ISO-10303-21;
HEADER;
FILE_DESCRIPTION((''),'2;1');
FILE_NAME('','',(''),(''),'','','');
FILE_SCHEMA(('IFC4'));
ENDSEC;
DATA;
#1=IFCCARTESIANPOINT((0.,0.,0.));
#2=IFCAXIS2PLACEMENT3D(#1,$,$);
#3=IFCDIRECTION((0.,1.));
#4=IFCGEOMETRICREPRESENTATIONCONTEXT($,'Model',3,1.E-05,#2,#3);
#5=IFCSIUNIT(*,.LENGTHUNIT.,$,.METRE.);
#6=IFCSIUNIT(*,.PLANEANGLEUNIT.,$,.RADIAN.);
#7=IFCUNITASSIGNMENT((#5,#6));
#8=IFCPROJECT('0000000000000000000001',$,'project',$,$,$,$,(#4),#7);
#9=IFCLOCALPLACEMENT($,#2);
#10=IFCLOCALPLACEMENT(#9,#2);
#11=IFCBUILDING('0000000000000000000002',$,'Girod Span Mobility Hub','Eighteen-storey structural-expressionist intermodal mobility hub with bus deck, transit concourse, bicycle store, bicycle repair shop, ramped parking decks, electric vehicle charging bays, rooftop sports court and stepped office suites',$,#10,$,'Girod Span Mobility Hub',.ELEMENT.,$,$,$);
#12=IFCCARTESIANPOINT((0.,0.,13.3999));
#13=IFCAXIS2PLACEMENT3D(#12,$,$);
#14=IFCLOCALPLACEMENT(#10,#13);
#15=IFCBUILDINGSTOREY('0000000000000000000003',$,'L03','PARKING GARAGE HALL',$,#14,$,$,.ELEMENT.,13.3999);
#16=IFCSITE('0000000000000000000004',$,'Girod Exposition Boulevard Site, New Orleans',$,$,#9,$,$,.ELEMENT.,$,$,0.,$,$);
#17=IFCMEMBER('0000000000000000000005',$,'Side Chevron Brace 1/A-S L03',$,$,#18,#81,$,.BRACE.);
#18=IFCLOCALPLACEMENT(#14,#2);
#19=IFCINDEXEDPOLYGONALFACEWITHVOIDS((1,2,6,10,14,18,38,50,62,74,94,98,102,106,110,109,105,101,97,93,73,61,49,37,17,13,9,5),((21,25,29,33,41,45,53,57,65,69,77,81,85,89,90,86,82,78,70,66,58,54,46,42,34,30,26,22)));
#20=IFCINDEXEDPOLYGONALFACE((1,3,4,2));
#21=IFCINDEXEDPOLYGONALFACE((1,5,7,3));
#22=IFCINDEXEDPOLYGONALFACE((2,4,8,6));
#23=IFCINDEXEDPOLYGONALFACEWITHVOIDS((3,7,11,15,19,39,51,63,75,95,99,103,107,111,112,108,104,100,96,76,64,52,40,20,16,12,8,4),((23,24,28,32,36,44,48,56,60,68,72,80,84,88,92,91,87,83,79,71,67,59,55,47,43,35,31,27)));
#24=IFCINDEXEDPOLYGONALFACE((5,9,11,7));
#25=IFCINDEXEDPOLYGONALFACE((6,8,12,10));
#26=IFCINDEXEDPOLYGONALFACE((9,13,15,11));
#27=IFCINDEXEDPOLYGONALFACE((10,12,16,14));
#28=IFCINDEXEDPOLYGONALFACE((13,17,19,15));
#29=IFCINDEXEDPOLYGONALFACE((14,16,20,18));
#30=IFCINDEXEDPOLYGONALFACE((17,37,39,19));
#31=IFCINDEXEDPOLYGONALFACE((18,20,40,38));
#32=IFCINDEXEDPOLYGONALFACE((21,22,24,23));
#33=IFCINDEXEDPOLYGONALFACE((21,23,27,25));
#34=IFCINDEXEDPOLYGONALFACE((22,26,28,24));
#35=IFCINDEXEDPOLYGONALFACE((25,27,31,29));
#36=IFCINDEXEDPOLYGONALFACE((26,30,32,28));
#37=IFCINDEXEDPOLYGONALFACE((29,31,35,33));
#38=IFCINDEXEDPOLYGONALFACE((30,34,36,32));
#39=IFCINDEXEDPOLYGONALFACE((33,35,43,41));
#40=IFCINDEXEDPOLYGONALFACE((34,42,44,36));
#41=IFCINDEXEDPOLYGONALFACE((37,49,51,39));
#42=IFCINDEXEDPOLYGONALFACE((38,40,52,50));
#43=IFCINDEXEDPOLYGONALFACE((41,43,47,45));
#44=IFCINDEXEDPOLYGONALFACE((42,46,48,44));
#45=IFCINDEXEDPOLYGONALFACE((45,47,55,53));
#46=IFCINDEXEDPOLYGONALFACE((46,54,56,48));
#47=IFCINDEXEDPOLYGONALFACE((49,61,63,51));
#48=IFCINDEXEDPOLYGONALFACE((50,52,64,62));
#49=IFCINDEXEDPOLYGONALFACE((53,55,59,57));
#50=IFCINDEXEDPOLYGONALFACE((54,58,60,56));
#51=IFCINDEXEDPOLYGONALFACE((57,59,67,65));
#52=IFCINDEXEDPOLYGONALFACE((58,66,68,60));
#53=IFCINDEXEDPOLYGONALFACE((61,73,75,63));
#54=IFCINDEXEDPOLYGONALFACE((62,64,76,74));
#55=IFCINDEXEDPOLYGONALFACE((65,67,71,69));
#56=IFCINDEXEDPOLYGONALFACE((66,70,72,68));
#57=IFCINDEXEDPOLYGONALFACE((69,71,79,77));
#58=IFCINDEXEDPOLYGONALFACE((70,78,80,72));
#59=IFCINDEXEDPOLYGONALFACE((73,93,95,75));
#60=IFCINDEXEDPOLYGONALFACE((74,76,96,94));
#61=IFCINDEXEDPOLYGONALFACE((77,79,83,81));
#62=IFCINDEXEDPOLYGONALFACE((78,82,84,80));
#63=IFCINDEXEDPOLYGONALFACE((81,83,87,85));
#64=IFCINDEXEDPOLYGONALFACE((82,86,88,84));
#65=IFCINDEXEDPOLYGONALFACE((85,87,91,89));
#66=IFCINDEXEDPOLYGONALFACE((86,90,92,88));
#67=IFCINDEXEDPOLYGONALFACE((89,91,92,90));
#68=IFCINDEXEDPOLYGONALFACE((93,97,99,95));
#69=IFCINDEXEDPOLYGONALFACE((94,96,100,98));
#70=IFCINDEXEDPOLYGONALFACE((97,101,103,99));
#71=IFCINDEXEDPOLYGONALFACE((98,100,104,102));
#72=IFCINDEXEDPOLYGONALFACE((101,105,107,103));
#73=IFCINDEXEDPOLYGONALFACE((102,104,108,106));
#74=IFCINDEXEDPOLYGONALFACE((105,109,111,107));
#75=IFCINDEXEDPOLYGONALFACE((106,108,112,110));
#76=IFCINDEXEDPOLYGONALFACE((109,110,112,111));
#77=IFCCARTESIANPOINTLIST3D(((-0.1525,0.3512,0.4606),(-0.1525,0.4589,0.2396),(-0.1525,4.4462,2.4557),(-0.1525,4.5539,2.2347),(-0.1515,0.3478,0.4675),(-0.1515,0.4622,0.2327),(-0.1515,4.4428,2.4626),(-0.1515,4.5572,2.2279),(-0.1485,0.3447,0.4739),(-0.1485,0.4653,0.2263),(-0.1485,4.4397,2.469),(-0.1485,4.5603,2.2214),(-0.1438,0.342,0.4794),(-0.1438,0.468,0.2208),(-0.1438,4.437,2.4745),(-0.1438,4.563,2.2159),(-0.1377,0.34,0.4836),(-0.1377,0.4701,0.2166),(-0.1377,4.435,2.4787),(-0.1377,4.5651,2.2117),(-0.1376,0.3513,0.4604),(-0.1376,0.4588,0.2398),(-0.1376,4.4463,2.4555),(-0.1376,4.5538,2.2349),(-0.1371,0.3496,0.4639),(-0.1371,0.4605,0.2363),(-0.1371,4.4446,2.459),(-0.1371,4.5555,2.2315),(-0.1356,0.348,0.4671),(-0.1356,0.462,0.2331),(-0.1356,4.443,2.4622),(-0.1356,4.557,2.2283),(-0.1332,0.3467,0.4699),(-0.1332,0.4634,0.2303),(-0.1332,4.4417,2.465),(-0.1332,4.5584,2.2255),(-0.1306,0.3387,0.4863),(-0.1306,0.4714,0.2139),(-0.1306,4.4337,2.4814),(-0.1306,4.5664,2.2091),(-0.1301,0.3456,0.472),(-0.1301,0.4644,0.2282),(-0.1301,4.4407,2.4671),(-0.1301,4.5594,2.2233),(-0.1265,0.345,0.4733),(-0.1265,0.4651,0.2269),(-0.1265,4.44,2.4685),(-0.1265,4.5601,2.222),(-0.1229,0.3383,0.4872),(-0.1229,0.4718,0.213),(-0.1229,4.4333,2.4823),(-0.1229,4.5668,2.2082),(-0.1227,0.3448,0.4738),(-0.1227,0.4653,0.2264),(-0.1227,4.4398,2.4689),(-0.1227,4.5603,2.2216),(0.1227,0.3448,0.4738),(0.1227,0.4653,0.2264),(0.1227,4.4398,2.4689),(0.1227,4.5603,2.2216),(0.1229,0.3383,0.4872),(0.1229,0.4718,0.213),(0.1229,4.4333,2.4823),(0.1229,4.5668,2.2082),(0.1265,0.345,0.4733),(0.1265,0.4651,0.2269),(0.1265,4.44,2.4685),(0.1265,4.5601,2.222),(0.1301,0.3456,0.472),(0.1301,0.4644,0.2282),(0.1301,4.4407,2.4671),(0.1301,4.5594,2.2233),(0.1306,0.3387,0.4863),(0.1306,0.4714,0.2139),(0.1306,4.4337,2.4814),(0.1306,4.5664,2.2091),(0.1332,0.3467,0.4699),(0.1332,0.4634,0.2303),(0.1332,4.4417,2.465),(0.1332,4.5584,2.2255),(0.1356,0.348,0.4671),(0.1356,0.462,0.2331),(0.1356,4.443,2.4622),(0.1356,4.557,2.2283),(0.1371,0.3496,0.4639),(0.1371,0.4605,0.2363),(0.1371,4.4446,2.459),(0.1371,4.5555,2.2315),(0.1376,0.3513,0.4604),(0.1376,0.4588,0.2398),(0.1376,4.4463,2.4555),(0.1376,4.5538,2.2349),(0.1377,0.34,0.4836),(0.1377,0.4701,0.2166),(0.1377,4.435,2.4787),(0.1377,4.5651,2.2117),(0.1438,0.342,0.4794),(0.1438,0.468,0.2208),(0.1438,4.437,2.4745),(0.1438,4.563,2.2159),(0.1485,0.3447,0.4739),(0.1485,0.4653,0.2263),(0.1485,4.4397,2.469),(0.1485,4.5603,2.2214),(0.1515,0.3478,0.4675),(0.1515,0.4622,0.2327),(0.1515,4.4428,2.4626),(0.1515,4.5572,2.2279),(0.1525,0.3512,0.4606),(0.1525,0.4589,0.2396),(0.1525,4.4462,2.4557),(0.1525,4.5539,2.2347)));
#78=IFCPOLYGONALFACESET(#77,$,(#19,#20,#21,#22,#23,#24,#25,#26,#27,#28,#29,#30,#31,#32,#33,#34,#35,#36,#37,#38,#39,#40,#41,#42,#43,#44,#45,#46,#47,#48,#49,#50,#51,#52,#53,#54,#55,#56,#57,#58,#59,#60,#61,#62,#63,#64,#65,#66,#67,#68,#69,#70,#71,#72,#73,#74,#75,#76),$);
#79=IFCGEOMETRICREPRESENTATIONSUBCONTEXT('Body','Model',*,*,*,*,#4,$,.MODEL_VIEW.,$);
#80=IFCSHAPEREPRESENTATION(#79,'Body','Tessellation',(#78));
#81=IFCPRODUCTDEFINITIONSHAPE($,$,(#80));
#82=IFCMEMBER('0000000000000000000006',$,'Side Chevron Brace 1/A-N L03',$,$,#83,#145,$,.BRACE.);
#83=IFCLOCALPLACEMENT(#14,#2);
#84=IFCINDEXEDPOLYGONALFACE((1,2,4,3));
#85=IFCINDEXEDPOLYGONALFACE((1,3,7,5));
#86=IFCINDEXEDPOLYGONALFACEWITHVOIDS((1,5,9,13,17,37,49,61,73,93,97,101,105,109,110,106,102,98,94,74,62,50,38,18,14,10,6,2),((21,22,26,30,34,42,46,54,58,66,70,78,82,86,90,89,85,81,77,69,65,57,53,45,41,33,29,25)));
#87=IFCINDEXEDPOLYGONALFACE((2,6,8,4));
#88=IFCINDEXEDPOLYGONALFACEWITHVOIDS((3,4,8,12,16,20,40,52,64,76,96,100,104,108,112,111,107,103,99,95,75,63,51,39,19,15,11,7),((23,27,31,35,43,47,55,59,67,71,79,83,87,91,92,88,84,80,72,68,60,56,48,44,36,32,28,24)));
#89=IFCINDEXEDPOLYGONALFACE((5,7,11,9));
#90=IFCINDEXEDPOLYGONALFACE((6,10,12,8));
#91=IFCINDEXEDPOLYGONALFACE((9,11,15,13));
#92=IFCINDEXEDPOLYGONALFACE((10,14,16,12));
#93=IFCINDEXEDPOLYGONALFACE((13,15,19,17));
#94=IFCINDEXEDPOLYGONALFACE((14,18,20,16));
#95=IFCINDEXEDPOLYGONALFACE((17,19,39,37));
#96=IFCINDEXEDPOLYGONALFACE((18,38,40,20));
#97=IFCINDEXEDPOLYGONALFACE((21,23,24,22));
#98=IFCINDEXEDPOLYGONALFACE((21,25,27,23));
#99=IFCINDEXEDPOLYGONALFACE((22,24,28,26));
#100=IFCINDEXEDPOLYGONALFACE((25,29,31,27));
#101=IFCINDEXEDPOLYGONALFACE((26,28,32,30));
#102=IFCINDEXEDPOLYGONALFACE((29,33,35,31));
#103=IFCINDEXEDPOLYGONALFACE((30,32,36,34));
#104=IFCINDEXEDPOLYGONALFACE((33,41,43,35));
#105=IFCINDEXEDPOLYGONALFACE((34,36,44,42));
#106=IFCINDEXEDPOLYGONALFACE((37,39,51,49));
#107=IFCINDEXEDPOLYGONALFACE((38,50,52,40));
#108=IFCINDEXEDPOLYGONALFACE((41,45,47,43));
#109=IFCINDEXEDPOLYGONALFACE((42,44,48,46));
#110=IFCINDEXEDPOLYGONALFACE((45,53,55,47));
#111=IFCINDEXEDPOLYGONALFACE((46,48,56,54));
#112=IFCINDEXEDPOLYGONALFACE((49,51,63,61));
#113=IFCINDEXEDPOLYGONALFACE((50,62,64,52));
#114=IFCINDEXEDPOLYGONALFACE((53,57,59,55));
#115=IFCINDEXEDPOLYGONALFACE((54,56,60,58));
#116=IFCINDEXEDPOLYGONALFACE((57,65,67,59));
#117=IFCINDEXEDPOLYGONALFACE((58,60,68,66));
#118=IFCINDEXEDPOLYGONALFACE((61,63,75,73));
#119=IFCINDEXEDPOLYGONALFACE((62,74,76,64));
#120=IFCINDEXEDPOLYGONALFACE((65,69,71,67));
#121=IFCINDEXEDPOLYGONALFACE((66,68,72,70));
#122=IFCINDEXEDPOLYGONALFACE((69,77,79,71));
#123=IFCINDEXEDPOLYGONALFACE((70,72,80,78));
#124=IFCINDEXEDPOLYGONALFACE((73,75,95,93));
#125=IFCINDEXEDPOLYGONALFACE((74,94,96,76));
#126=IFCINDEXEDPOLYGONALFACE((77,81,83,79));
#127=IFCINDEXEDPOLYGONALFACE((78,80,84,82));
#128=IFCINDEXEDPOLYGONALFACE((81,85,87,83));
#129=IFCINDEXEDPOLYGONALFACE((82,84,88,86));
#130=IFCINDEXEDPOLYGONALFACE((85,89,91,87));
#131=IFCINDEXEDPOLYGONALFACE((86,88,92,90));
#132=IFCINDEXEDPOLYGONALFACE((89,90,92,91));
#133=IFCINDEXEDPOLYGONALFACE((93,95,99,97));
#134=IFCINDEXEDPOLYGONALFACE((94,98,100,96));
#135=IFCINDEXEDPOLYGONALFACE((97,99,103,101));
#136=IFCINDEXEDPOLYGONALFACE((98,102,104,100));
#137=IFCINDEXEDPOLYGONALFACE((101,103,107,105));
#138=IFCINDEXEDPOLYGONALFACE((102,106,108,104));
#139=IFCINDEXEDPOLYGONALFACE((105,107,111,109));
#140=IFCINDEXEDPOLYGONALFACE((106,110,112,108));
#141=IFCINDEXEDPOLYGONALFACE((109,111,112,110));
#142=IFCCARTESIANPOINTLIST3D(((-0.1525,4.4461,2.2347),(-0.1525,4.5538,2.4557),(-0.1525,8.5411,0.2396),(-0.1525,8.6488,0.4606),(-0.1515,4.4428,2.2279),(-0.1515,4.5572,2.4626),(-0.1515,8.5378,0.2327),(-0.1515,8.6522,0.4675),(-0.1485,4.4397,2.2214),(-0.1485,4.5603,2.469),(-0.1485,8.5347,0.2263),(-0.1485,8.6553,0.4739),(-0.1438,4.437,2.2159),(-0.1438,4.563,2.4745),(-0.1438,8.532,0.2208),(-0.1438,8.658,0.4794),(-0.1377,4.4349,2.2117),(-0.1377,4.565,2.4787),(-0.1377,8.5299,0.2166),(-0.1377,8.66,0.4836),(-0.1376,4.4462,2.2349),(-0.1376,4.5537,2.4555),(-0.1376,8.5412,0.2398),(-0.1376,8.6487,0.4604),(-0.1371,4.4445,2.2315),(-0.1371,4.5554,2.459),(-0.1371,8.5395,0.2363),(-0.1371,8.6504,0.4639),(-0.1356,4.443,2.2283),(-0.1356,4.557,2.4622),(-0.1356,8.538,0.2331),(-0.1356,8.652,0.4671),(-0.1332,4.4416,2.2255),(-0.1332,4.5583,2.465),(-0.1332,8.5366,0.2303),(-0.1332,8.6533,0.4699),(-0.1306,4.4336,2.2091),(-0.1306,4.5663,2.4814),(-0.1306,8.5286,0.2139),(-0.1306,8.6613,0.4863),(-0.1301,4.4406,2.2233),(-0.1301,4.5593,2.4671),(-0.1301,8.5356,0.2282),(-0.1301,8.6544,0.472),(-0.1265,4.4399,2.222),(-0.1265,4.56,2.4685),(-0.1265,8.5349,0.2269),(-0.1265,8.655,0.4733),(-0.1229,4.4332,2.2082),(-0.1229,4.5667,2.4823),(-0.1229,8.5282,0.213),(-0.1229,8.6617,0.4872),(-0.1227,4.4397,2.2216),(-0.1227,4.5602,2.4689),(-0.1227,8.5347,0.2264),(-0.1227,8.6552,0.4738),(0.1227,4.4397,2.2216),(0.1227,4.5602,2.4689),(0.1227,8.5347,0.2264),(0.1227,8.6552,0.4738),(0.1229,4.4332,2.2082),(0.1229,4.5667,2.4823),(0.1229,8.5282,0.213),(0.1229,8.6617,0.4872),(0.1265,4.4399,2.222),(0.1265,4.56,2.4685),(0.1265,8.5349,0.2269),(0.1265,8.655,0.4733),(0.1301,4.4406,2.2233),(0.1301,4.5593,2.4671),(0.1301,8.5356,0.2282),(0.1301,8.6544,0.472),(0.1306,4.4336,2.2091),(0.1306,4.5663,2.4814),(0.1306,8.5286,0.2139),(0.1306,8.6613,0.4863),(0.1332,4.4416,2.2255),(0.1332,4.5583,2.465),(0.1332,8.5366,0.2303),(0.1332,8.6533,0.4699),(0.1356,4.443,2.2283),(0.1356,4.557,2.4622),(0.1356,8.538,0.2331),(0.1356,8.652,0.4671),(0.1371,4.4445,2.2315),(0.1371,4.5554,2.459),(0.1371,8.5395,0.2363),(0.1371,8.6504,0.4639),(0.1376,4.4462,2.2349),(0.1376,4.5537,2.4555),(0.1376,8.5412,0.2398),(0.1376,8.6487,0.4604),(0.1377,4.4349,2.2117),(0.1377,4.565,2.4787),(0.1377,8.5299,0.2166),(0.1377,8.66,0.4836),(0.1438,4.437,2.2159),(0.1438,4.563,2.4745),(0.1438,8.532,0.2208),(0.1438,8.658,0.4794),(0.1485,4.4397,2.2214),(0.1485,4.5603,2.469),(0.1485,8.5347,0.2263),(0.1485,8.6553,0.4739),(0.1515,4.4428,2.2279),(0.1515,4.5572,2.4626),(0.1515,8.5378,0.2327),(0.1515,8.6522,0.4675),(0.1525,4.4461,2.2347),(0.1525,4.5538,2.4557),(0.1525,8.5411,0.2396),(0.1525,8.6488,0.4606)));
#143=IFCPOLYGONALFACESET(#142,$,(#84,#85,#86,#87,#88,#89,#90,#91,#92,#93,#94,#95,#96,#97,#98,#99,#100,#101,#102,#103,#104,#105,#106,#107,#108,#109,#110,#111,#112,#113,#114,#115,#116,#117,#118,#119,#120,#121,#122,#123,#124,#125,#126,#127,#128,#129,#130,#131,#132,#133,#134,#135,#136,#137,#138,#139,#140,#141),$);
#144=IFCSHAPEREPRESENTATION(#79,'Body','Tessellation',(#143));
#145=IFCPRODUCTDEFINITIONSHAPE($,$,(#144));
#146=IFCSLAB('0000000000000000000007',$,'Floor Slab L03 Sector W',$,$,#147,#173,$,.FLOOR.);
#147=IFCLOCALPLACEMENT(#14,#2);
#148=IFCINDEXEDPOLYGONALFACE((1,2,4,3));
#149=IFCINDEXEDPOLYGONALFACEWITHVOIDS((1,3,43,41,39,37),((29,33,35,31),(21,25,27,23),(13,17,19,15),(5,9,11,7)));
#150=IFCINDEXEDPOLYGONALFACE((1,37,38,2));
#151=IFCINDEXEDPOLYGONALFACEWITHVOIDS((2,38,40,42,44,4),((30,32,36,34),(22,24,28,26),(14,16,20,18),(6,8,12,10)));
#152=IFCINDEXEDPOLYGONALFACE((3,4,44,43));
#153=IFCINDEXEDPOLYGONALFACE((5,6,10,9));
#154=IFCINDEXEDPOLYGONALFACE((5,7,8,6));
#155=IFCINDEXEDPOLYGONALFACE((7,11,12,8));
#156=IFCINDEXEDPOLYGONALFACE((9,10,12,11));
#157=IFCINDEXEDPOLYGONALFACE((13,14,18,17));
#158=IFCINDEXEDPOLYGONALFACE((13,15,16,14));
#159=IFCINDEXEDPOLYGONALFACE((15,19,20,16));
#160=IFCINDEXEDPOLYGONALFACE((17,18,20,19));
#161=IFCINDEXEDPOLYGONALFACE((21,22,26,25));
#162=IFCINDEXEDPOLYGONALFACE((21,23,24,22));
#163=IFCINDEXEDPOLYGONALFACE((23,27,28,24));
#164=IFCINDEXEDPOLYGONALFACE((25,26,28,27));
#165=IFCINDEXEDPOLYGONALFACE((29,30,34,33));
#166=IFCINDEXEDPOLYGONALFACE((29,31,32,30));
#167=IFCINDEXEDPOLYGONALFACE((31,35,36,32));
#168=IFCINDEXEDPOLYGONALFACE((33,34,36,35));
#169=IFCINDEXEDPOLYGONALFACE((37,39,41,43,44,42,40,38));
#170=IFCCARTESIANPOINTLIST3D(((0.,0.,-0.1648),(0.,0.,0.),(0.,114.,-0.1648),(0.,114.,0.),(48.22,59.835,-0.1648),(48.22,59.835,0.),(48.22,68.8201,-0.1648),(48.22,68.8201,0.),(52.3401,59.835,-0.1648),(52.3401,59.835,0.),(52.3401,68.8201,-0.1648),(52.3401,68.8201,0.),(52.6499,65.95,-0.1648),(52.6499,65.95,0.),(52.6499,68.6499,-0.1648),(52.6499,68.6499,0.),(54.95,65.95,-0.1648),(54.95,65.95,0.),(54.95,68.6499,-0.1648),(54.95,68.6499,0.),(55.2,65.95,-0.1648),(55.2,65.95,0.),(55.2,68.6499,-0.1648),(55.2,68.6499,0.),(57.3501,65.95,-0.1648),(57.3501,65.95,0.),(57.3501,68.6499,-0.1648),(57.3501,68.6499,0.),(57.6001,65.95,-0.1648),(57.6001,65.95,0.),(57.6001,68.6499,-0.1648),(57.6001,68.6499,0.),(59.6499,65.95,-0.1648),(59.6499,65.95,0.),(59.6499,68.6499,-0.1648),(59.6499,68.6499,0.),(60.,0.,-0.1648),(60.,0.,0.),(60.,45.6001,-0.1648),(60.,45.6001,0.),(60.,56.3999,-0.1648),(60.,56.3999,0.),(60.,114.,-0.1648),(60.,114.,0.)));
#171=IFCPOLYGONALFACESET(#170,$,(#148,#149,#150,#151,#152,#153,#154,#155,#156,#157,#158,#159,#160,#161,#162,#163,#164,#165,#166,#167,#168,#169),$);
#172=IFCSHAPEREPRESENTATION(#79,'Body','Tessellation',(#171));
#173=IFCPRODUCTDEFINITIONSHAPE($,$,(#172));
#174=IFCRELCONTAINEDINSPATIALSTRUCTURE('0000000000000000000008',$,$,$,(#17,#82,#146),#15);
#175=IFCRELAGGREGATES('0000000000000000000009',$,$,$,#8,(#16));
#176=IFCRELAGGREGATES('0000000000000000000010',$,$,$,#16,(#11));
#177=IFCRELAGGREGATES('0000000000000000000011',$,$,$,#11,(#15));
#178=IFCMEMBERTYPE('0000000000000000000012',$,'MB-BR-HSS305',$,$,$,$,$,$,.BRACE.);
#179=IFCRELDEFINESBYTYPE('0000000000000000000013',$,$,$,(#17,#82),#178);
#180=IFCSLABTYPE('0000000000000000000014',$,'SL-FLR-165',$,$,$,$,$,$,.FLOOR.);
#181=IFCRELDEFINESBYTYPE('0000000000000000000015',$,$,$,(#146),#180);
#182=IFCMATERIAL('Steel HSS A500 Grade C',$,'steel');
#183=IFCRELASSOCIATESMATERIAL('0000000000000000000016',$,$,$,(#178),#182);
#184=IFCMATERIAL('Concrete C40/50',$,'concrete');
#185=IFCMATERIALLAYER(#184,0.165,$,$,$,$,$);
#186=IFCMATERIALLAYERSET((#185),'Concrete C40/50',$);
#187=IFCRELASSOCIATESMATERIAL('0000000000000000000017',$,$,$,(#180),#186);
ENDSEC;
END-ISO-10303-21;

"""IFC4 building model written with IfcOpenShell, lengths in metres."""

from ifc_helpers import new_model, si_unit, direction, frame, origin, origin_2d, place, context, subcontext, project, spatial, polyline, hollow_rectangle, outline, extrude, material, layer, layer_set, material_profile, profile_set, type_object, element, save


model = new_model("IFC4")

# Units and contexts
model_context = context("Model", 3, precision=1e-05, world=origin(), true_north=direction((0.0, 1.0)))
body_context = subcontext(model_context, "Body", "Model", "MODEL_VIEW")
ifc_project = project(units=[si_unit("LENGTHUNIT", "METRE"), si_unit("PLANEANGLEUNIT", "RADIAN")], contexts=[model_context])

# Site, building, storey
site_placement = place(None, origin())
site = spatial("IfcSite", under=ifc_project, at=site_placement, Name="Girod Exposition Boulevard Site, New Orleans", CompositionType="ELEMENT", RefElevation=0.0)
building_placement = place(site_placement, origin())
building = spatial("IfcBuilding", under=site, at=building_placement, Name="Girod Span Mobility Hub", Description="Eighteen-storey structural-expressionist intermodal mobility hub with bus deck, transit concourse, bicycle store, bicycle repair shop, ramped parking decks, electric vehicle charging bays, rooftop sports court and stepped office suites", LongName="Girod Span Mobility Hub", CompositionType="ELEMENT")
storey_placement = place(building_placement, frame((0.0, 0.0, 13.3999)))
storey = spatial("IfcBuildingStorey", under=building, at=storey_placement, Name="L03", Description="PARKING GARAGE HALL", CompositionType="ELEMENT", Elevation=13.3999)

# Members
ifc_material_1 = material(Name="Steel HSS A500 Grade C", Category="steel")
ifc_material_profile_1 = material_profile(ifc_material_1, hollow_rectangle(XDim=0.3049, YDim=0.3049, WallThickness=0.0149, InnerFilletRadius=0.0149, OuterFilletRadius=0.0295, at=origin_2d()), Name="HSS305X305X16")
ifc_profile_set_1 = profile_set([ifc_material_profile_1], Name="Steel HSS A500 Grade C")
member_type = type_object("IfcMemberType", Name="MB-BR-HSS305", PredefinedType="BRACE", material=ifc_profile_set_1)
for number, where, z_axis, x_axis, name in (
    (1, (0.0, 0.405, 0.3501), (0.0, 0.898979, 0.437993), (-1.0, 0.0, 0.0), "Side Chevron Brace 1/A-S L03"),
    (2, (0.0, 8.595, 0.3501), (0.0, -0.898979, 0.437993), (1.0, 0.0, 0.0), "Side Chevron Brace 1/A-N L03"),
):
    element("IfcMember", number, at=place(storey_placement, frame(where, z_axis=z_axis, x_axis=x_axis)), inside=storey, type_object=member_type, Name=name, PredefinedType="BRACE", context=body_context, shape_type="SweptSolid", body=[
        extrude(hollow_rectangle(XDim=0.3049, YDim=0.3049, WallThickness=0.0149, InnerFilletRadius=0.0149, OuterFilletRadius=0.0295, at=origin_2d()), origin(), (0.0, 0.0, 1.0), 4.5552),
    ])

# Slab
ifc_material_2 = material(Name="Concrete C40/50", Category="concrete")
ifc_layer_1 = layer(ifc_material_2, 0.165)
ifc_layer_set_1 = layer_set([ifc_layer_1], Name="Concrete C40/50")
slab_type_1 = type_object("IfcSlabType", Name="SL-FLR-165", PredefinedType="FLOOR", material=ifc_layer_set_1)
slab_1_placement = place(storey_placement, frame((0.0, 0.0, -0.1648)))
element("IfcSlab", 3, at=slab_1_placement, inside=storey, type_object=slab_type_1, Name="Floor Slab L03 Sector W", PredefinedType="FLOOR", context=body_context, shape_type="SweptSolid", body=[
    extrude(outline(polyline([(0.0, 114.0), (60.0, 114.0), (60.0, 56.3999), (60.0, 45.6001), (60.0, 0.0), (0.0, 0.0), (0.0, 114.0)]), holes=[polyline([(48.22, 68.8201), (48.22, 59.835), (52.3401, 59.835), (52.3401, 68.8201), (48.22, 68.8201)]), polyline([(52.6499, 68.6499), (52.6499, 65.95), (54.95, 65.95), (54.95, 68.6499), (52.6499, 68.6499)]), polyline([(55.2, 68.6499), (55.2, 65.95), (57.3501, 65.95), (57.3501, 68.6499), (55.2, 68.6499)]), polyline([(57.6001, 68.6499), (57.6001, 65.95), (59.6499, 65.95), (59.6499, 68.6499), (57.6001, 68.6499)])]), origin(), (0.0, 0.0, 1.0), 0.1648),
])

save(model, "model.ifc")
